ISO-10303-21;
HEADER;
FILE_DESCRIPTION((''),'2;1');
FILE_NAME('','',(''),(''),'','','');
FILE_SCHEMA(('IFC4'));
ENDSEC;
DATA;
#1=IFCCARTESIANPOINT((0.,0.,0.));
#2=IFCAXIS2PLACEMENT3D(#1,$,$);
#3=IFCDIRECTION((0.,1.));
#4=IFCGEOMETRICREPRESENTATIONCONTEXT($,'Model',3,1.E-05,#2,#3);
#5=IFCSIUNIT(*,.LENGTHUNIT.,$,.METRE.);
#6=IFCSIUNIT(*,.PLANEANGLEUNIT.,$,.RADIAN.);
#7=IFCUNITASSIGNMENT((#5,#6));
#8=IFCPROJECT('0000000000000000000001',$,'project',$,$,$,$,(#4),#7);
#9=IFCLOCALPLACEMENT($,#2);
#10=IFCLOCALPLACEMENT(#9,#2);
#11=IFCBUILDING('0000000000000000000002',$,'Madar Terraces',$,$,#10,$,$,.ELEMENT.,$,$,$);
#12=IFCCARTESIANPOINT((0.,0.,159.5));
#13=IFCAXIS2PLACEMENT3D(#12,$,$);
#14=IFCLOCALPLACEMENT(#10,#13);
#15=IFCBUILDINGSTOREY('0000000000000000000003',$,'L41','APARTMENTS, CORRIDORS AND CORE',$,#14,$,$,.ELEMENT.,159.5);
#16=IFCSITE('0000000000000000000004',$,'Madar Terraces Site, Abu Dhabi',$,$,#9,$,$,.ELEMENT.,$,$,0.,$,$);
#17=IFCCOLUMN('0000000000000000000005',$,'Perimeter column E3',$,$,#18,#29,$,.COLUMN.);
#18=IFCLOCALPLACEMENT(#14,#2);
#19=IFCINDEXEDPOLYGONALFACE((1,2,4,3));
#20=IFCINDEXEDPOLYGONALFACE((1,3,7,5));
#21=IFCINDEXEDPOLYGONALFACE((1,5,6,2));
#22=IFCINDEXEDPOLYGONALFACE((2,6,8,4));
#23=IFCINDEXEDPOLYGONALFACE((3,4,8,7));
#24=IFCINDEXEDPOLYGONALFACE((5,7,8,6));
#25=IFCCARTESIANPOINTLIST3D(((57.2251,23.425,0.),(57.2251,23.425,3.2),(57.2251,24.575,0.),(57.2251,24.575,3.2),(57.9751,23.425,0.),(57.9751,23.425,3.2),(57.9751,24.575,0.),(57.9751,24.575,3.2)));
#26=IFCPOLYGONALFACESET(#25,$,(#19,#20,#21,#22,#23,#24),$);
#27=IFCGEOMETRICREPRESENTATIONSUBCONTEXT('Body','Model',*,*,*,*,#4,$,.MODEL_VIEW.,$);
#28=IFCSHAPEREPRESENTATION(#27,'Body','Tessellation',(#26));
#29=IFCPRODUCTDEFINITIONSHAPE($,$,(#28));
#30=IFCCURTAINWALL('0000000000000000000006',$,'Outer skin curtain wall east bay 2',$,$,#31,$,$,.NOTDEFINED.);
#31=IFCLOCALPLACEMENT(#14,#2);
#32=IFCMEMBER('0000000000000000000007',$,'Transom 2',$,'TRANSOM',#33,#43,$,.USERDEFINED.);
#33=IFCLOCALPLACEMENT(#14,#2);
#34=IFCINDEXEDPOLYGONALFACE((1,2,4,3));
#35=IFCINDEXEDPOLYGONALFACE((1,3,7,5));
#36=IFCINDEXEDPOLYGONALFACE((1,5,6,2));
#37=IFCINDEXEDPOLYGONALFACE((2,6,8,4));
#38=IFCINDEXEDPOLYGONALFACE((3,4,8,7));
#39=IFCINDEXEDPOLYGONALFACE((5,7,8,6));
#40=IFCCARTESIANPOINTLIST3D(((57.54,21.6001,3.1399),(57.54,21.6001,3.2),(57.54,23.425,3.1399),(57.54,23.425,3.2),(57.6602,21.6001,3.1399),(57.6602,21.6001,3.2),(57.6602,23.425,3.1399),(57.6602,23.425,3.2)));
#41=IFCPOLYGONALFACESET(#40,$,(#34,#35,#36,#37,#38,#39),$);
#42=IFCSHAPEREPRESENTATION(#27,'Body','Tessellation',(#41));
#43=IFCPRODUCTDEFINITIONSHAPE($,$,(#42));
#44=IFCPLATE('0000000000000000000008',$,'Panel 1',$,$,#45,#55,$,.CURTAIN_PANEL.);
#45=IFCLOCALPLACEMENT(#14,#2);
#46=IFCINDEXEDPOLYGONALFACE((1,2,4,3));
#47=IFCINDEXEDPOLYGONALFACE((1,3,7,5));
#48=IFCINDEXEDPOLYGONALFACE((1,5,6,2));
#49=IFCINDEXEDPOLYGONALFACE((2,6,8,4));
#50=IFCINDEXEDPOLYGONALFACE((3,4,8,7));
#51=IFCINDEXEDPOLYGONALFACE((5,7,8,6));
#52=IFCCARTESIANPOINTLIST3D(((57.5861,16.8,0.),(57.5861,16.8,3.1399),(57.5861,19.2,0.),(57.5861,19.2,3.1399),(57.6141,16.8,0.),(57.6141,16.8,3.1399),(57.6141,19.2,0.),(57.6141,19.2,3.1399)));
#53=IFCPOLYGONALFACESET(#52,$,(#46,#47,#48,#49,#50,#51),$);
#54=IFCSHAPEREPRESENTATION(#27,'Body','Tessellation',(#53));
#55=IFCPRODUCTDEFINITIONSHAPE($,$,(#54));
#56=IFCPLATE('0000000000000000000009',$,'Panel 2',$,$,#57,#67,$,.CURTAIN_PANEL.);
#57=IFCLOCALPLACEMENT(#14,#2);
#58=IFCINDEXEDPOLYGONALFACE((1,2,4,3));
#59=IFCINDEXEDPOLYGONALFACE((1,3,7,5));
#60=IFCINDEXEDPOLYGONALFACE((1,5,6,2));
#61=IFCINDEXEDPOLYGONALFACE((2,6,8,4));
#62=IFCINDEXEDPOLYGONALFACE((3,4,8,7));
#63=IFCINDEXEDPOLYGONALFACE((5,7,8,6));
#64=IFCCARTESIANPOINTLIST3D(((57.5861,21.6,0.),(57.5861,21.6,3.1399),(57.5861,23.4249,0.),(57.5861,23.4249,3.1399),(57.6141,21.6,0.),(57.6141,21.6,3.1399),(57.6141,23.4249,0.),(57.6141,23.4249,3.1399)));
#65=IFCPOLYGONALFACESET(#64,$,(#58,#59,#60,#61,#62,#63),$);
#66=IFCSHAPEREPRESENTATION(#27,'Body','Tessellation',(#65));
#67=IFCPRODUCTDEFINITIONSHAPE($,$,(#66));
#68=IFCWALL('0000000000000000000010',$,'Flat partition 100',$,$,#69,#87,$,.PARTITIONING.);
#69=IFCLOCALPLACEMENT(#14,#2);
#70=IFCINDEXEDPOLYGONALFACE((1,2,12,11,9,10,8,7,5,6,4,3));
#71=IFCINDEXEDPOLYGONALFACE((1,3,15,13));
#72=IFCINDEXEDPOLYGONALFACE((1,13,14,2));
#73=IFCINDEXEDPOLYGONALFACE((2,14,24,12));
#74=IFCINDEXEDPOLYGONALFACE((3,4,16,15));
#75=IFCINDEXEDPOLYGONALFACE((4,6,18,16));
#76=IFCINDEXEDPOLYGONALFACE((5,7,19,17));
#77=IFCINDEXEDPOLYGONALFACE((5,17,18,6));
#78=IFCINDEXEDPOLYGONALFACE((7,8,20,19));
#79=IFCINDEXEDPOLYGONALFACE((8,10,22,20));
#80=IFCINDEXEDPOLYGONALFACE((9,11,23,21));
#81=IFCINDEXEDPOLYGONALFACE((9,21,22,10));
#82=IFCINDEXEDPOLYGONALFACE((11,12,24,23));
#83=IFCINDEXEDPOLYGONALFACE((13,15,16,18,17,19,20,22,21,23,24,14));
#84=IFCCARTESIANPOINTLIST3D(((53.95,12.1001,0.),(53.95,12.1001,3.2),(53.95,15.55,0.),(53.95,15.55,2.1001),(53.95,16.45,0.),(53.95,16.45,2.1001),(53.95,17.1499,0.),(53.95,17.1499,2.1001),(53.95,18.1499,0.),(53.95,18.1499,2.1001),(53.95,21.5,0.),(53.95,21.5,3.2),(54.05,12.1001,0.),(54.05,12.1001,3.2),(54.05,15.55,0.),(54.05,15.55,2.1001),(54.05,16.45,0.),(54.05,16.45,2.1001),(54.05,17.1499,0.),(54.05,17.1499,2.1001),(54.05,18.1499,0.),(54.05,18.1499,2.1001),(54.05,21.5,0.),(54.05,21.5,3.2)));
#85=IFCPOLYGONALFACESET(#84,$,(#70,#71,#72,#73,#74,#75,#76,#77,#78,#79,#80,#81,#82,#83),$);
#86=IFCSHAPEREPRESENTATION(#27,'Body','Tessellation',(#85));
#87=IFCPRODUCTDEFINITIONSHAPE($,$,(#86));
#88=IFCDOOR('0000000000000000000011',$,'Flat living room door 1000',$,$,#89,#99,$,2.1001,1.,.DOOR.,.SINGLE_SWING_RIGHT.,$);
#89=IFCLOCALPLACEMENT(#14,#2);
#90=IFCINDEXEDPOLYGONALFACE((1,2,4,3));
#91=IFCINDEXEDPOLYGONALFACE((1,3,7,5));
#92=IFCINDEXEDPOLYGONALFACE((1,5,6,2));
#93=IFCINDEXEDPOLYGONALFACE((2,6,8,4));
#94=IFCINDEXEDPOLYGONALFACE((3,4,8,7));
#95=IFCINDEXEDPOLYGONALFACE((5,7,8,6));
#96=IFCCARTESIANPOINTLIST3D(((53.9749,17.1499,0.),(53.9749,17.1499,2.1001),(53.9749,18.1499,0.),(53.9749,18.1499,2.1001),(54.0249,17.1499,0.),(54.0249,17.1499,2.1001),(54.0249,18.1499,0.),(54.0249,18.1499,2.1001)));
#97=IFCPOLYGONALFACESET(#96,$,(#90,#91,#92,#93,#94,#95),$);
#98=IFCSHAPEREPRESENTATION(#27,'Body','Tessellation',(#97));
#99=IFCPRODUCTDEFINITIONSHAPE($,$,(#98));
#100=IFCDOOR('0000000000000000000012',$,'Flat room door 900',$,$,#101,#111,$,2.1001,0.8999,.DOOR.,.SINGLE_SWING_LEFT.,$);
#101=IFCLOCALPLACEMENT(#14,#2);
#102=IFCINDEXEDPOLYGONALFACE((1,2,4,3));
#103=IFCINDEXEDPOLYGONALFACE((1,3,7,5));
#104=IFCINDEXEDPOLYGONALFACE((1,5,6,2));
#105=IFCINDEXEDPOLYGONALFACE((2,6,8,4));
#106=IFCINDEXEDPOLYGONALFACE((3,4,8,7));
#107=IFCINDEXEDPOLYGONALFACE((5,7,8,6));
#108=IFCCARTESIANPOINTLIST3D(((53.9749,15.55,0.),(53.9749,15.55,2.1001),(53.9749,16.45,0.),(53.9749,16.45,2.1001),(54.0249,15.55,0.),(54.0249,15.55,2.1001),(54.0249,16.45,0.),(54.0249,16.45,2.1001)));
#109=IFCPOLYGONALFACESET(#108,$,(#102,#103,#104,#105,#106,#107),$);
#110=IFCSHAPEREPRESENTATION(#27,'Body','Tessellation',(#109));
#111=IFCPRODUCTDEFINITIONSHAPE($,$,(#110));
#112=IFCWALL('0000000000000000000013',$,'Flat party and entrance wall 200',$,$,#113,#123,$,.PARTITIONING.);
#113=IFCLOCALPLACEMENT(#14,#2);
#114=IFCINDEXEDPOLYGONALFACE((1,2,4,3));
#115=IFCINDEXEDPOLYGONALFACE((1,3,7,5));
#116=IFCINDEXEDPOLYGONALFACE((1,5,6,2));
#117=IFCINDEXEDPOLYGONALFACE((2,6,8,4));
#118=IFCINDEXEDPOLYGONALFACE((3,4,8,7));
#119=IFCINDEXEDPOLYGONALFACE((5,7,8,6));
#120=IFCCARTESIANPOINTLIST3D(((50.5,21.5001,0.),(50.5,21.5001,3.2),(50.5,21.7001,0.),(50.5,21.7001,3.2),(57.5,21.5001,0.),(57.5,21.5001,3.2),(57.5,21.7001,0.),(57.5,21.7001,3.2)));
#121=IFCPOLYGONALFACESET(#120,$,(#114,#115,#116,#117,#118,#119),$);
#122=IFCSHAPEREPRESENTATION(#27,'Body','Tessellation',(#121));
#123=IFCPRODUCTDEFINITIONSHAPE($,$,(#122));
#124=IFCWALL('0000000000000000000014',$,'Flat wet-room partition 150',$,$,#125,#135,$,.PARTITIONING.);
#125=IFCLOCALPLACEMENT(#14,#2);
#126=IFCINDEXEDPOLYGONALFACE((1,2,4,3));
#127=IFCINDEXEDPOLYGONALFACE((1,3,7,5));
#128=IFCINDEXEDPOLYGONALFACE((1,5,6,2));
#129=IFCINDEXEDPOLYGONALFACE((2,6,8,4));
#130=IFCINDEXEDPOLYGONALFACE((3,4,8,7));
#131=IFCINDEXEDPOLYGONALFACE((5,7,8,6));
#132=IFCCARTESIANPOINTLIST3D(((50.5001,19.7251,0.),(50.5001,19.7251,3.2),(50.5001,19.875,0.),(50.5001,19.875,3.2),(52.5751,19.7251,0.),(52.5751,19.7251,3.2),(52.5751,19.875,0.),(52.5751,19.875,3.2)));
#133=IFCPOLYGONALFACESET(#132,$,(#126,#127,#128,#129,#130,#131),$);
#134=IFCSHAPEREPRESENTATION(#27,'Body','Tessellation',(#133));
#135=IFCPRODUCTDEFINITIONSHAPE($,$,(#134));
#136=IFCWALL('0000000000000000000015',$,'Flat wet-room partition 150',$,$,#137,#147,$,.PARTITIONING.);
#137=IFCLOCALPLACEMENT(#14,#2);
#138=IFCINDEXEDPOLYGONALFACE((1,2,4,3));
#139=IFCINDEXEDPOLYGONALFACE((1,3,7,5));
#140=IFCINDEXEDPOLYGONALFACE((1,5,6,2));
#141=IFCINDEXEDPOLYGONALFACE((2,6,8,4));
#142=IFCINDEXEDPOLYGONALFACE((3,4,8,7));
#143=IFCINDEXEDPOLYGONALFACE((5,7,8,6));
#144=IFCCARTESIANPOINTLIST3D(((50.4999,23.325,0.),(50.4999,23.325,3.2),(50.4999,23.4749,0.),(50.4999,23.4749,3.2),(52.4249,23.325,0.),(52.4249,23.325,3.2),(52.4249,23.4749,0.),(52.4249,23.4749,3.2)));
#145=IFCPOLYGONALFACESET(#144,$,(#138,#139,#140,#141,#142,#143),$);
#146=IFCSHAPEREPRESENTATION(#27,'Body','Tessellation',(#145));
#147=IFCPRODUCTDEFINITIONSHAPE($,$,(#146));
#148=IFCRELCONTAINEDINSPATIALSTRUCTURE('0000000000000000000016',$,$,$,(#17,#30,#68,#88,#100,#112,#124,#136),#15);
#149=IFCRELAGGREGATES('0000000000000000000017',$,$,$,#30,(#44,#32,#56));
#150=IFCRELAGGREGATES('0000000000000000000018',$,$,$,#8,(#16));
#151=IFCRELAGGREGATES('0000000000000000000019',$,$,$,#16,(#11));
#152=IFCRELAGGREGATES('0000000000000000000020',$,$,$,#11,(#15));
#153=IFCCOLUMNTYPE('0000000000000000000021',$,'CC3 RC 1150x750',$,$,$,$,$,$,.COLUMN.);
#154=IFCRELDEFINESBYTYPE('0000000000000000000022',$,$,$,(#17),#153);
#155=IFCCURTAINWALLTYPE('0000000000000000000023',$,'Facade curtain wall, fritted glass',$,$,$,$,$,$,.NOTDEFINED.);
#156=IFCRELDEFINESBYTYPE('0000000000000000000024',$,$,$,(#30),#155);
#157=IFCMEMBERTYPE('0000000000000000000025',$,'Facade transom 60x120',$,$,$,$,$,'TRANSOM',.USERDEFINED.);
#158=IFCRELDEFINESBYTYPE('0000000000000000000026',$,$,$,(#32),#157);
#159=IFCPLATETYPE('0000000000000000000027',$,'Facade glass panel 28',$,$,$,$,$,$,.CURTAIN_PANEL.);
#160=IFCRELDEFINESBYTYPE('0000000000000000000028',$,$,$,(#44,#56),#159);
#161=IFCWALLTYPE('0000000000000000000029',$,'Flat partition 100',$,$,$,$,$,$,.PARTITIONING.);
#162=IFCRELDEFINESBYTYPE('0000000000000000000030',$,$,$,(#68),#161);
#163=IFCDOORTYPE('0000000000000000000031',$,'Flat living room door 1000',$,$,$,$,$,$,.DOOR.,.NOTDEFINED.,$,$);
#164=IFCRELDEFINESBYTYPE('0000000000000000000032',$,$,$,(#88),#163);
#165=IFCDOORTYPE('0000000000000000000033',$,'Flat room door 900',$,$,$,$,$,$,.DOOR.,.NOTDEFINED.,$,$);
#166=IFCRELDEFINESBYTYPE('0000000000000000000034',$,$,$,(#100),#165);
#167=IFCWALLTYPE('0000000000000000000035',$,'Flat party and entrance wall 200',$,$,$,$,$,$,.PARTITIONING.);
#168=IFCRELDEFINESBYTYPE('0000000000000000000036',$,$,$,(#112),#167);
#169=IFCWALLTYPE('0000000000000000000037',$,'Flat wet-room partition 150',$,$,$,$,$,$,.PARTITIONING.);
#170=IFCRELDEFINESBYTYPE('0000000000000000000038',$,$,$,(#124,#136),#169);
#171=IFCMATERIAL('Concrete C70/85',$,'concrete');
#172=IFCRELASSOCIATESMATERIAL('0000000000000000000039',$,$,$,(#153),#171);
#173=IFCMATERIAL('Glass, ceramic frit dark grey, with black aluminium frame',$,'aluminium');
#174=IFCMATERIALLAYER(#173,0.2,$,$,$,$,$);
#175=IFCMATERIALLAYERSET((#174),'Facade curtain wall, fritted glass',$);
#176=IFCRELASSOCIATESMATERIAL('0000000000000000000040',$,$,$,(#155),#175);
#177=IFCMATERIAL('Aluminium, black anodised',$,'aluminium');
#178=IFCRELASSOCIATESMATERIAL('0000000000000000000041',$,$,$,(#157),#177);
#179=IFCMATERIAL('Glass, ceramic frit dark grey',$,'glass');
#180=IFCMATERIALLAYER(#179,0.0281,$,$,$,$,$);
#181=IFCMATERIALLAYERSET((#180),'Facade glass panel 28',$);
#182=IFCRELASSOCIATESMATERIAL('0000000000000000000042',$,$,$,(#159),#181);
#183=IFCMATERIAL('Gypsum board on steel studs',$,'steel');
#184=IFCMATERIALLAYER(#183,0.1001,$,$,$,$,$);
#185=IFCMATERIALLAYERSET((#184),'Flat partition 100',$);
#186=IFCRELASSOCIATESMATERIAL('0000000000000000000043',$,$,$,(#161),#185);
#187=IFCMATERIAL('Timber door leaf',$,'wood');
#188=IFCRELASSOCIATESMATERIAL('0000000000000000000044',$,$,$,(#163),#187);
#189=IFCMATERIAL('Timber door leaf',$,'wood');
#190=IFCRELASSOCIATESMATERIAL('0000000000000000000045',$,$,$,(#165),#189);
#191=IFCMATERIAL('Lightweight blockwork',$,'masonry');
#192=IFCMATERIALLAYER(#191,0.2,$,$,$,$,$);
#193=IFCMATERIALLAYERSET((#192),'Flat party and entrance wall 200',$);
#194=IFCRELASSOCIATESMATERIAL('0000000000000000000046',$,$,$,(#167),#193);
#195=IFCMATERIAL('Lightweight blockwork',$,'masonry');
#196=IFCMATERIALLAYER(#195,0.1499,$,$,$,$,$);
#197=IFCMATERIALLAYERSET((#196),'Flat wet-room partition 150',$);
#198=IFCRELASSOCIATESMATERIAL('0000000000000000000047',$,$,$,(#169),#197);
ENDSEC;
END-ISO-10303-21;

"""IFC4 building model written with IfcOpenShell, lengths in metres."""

from ifc_helpers import new_model, si_unit, direction, frame, frame_2d, origin, origin_2d, place, context, subcontext, project, spatial, rectangle, extrude, material, layer, layer_set, material_profile, profile_set, type_object, element, fill, aggregate, save


model = new_model("IFC4")

# Units and contexts
model_context = context("Model", 3, precision=1e-05, world=origin(), true_north=direction((0.0, 1.0)))
body_context = subcontext(model_context, "Body", "Model", "MODEL_VIEW")
ifc_project = project(units=[si_unit("LENGTHUNIT", "METRE"), si_unit("PLANEANGLEUNIT", "RADIAN")], contexts=[model_context])

# Site, building, storey
site_placement = place(None, origin())
site = spatial("IfcSite", under=ifc_project, at=site_placement, Name="Madar Terraces Site, Abu Dhabi", CompositionType="ELEMENT", RefElevation=0.0)
building_placement = place(site_placement, origin())
building = spatial("IfcBuilding", under=site, at=building_placement, Name="Madar Terraces", CompositionType="ELEMENT")
storey_placement = place(building_placement, frame((0.0, 0.0, 159.5)))
storey = spatial("IfcBuildingStorey", under=building, at=storey_placement, Name="L41", Description="APARTMENTS, CORRIDORS AND CORE", CompositionType="ELEMENT", Elevation=159.5)

# Column
ifc_material_1 = material(Name="Concrete C70/85", Category="concrete")
ifc_material_profile_1 = material_profile(ifc_material_1, rectangle(XDim=1.1499, YDim=0.75, at=origin_2d()), Name="CC3 RC 1150x750")
ifc_profile_set_1 = profile_set([ifc_material_profile_1], Name="Concrete C70/85")
column_type = type_object("IfcColumnType", Name="CC3 RC 1150x750", PredefinedType="COLUMN", material=ifc_profile_set_1)
column_placement = place(storey_placement, frame((57.6001, 24.0, 0.0), z_axis=(0.0, 0.0, 1.0), x_axis=(0.0, 1.0, 0.0)))
element("IfcColumn", 1, at=column_placement, inside=storey, type_object=column_type, Name="Perimeter column E3", PredefinedType="COLUMN", context=body_context, shape_type="SweptSolid", body=[
    extrude(rectangle(XDim=1.1499, YDim=0.75, at=origin_2d()), origin(), (0.0, 0.0, 1.0), 3.2),
])

# Curtain wall, member, plates
ifc_material_2 = material(Name="Glass, ceramic frit dark grey, with black aluminium frame", Category="aluminium")
ifc_layer_1 = layer(ifc_material_2, 0.2)
ifc_layer_set_1 = layer_set([ifc_layer_1], Name="Facade curtain wall, fritted glass")
curtain_wall_type = type_object("IfcCurtainWallType", Name="Facade curtain wall, fritted glass", PredefinedType="NOTDEFINED", material=ifc_layer_set_1)
curtain_wall_placement = place(storey_placement, origin())
curtain_wall = element("IfcCurtainWall", 2, at=curtain_wall_placement, inside=storey, type_object=curtain_wall_type, Name="Outer skin curtain wall east bay 2", PredefinedType="NOTDEFINED")
ifc_material_3 = material(Name="Aluminium, black anodised", Category="aluminium")
ifc_material_profile_2 = material_profile(ifc_material_3, rectangle(XDim=0.1201, YDim=0.0601, at=origin_2d()), Name="Facade transom 60x120")
ifc_profile_set_2 = profile_set([ifc_material_profile_2], Name="Aluminium, black anodised")
member_type = type_object("IfcMemberType", Name="Facade transom 60x120", ElementType="TRANSOM", PredefinedType="USERDEFINED", material=ifc_profile_set_2)
member_placement = place(storey_placement, frame((57.6001, 21.6001, 3.1699), z_axis=(0.0, 1.0, 0.0), x_axis=(-1.0, 0.0, 0.0)))
member = element("IfcMember", 3, at=member_placement, type_object=member_type, Name="Transom 2", ObjectType="TRANSOM", PredefinedType="USERDEFINED", context=body_context, shape_type="SweptSolid", body=[
    extrude(rectangle(XDim=0.1201, YDim=0.0601, at=origin_2d()), origin(), (0.0, 0.0, 1.0), 1.825),
])
ifc_material_4 = material(Name="Glass, ceramic frit dark grey", Category="glass")
ifc_layer_2 = layer(ifc_material_4, 0.0281)
ifc_layer_set_2 = layer_set([ifc_layer_2], Name="Facade glass panel 28")
plate_type = type_object("IfcPlateType", Name="Facade glass panel 28", PredefinedType="CURTAIN_PANEL", material=ifc_layer_set_2)
plate_1_placement = place(storey_placement, frame((57.6001, 18.0, 0.0), z_axis=(0.0, 0.0, 1.0), x_axis=(0.0, 1.0, 0.0)))
plate_1 = element("IfcPlate", 4, at=plate_1_placement, type_object=plate_type, Name="Panel 1", PredefinedType="CURTAIN_PANEL", context=body_context, shape_type="SweptSolid", body=[
    extrude(rectangle(XDim=2.3999, YDim=0.0281, at=origin_2d()), origin(), (0.0, 0.0, 1.0), 3.1399),
])
plate_2_placement = place(storey_placement, frame((57.6001, 22.5125, 0.0), z_axis=(0.0, 0.0, 1.0), x_axis=(0.0, 1.0, 0.0)))
plate_2 = element("IfcPlate", 5, at=plate_2_placement, type_object=plate_type, Name="Panel 2", PredefinedType="CURTAIN_PANEL", context=body_context, shape_type="SweptSolid", body=[
    extrude(rectangle(XDim=1.825, YDim=0.0281, at=origin_2d()), origin(), (0.0, 0.0, 1.0), 3.1399),
])
aggregate(curtain_wall, [plate_1, member, plate_2])

# Wall, openings, doors
ifc_material_5 = material(Name="Gypsum board on steel studs", Category="steel")
ifc_layer_3 = layer(ifc_material_5, 0.1001)
ifc_layer_set_3 = layer_set([ifc_layer_3], Name="Flat partition 100")
wall_type_1 = type_object("IfcWallType", Name="Flat partition 100", PredefinedType="PARTITIONING", material=ifc_layer_set_3)
wall_1_placement = place(storey_placement, frame((54.0, 21.5, 0.0), z_axis=(0.0, 0.0, 1.0), x_axis=(0.0, -1.0, 0.0)))
wall_1 = element("IfcWall", 6, at=wall_1_placement, inside=storey, type_object=wall_type_1, Name="Flat partition 100", PredefinedType="PARTITIONING", context=body_context, shape_type="SweptSolid", body=[
    extrude(rectangle(XDim=9.3999, YDim=0.1001, at=frame_2d((4.7, 0.0))), origin(), (0.0, 0.0, 1.0), 3.2),
])
opening_1_placement = place(wall_1_placement, frame((3.3501, 0.0, 0.0)))
opening_1 = element("IfcOpeningElement", 7, at=opening_1_placement, cuts=wall_1, PredefinedType="OPENING", context=body_context, shape_type="SweptSolid", body=[
    extrude(rectangle(XDim=1.0, YDim=2.1001, at=frame_2d((0.5, 1.05))), frame((0.0, 0.0601, 0.0), z_axis=(0.0, -1.0, 0.0), x_axis=(1.0, 0.0, 0.0)), (0.0, 0.0, 1.0), 0.1201),
])
opening_2_placement = place(wall_1_placement, frame((5.05, 0.0, 0.0)))
opening_2 = element("IfcOpeningElement", 8, at=opening_2_placement, cuts=wall_1, PredefinedType="OPENING", context=body_context, shape_type="SweptSolid", body=[
    extrude(rectangle(XDim=0.8999, YDim=2.1001, at=frame_2d((0.45, 1.05))), frame((0.0, 0.0601, 0.0), z_axis=(0.0, -1.0, 0.0), x_axis=(1.0, 0.0, 0.0)), (0.0, 0.0, 1.0), 0.1201),
])
ifc_material_6 = material(Name="Timber door leaf", Category="wood")
door_type_1 = type_object("IfcDoorType", Name="Flat living room door 1000", OperationType="NOTDEFINED", PredefinedType="DOOR", material=ifc_material_6)
door_1_placement = place(opening_1_placement, origin())
door_1 = element("IfcDoor", 9, at=door_1_placement, inside=storey, type_object=door_type_1, Name="Flat living room door 1000", OperationType="SINGLE_SWING_RIGHT", OverallHeight=2.1001, OverallWidth=1.0, PredefinedType="DOOR", context=body_context, shape_type="SweptSolid", body=[
    extrude(rectangle(XDim=1.0, YDim=2.1001, at=frame_2d((0.5, 1.05))), frame((0.0, 0.0249, 0.0), z_axis=(0.0, -1.0, 0.0), x_axis=(1.0, 0.0, 0.0)), (0.0, 0.0, 1.0), 0.05),
])
fill(opening_1, door_1)
ifc_material_7 = material(Name="Timber door leaf", Category="wood")
door_type_2 = type_object("IfcDoorType", Name="Flat room door 900", OperationType="NOTDEFINED", PredefinedType="DOOR", material=ifc_material_7)
door_2_placement = place(opening_2_placement, origin())
door_2 = element("IfcDoor", 10, at=door_2_placement, inside=storey, type_object=door_type_2, Name="Flat room door 900", OperationType="SINGLE_SWING_LEFT", OverallHeight=2.1001, OverallWidth=0.8999, PredefinedType="DOOR", context=body_context, shape_type="SweptSolid", body=[
    extrude(rectangle(XDim=0.8999, YDim=2.1001, at=frame_2d((0.45, 1.05))), frame((0.0, 0.0249, 0.0), z_axis=(0.0, -1.0, 0.0), x_axis=(1.0, 0.0, 0.0)), (0.0, 0.0, 1.0), 0.05),
])
fill(opening_2, door_2)

# Walls
ifc_material_8 = material(Name="Lightweight blockwork", Category="masonry")
ifc_layer_4 = layer(ifc_material_8, 0.2)
ifc_layer_set_4 = layer_set([ifc_layer_4], Name="Flat party and entrance wall 200")
wall_type_2 = type_object("IfcWallType", Name="Flat party and entrance wall 200", PredefinedType="PARTITIONING", material=ifc_layer_set_4)
wall_2_placement = place(storey_placement, frame((50.5, 21.6001, 0.0), z_axis=(0.0, 0.0, 1.0), x_axis=(1.0, 0.0, 0.0)))
element("IfcWall", 11, at=wall_2_placement, inside=storey, type_object=wall_type_2, Name="Flat party and entrance wall 200", PredefinedType="PARTITIONING", context=body_context, shape_type="SweptSolid", body=[
    extrude(rectangle(XDim=7.0, YDim=0.2, at=frame_2d((3.5, 0.0))), origin(), (0.0, 0.0, 1.0), 3.2),
])
ifc_material_9 = material(Name="Lightweight blockwork", Category="masonry")
ifc_layer_5 = layer(ifc_material_9, 0.1499)
ifc_layer_set_5 = layer_set([ifc_layer_5], Name="Flat wet-room partition 150")
wall_type_3 = type_object("IfcWallType", Name="Flat wet-room partition 150", PredefinedType="PARTITIONING", material=ifc_layer_set_5)
wall_3_placement = place(storey_placement, frame((50.5, 19.8, 0.0), z_axis=(0.0, 0.0, 1.0), x_axis=(1.0, 0.0, 0.0)))
element("IfcWall", 12, at=wall_3_placement, inside=storey, type_object=wall_type_3, Name="Flat wet-room partition 150", PredefinedType="PARTITIONING", context=body_context, shape_type="SweptSolid", body=[
    extrude(rectangle(XDim=2.075, YDim=0.1499, at=frame_2d((1.0376, 0.0))), origin(), (0.0, 0.0, 1.0), 3.2),
])
wall_4_placement = place(storey_placement, frame((50.5, 23.3999, 0.0), z_axis=(0.0, 0.0, 1.0), x_axis=(1.0, 0.0, 0.0)))
element("IfcWall", 13, at=wall_4_placement, inside=storey, type_object=wall_type_3, Name="Flat wet-room partition 150", PredefinedType="PARTITIONING", context=body_context, shape_type="SweptSolid", body=[
    extrude(rectangle(XDim=1.925, YDim=0.1499, at=frame_2d((0.9624, 0.0))), origin(), (0.0, 0.0, 1.0), 3.2),
])

save(model, "model.ifc")
